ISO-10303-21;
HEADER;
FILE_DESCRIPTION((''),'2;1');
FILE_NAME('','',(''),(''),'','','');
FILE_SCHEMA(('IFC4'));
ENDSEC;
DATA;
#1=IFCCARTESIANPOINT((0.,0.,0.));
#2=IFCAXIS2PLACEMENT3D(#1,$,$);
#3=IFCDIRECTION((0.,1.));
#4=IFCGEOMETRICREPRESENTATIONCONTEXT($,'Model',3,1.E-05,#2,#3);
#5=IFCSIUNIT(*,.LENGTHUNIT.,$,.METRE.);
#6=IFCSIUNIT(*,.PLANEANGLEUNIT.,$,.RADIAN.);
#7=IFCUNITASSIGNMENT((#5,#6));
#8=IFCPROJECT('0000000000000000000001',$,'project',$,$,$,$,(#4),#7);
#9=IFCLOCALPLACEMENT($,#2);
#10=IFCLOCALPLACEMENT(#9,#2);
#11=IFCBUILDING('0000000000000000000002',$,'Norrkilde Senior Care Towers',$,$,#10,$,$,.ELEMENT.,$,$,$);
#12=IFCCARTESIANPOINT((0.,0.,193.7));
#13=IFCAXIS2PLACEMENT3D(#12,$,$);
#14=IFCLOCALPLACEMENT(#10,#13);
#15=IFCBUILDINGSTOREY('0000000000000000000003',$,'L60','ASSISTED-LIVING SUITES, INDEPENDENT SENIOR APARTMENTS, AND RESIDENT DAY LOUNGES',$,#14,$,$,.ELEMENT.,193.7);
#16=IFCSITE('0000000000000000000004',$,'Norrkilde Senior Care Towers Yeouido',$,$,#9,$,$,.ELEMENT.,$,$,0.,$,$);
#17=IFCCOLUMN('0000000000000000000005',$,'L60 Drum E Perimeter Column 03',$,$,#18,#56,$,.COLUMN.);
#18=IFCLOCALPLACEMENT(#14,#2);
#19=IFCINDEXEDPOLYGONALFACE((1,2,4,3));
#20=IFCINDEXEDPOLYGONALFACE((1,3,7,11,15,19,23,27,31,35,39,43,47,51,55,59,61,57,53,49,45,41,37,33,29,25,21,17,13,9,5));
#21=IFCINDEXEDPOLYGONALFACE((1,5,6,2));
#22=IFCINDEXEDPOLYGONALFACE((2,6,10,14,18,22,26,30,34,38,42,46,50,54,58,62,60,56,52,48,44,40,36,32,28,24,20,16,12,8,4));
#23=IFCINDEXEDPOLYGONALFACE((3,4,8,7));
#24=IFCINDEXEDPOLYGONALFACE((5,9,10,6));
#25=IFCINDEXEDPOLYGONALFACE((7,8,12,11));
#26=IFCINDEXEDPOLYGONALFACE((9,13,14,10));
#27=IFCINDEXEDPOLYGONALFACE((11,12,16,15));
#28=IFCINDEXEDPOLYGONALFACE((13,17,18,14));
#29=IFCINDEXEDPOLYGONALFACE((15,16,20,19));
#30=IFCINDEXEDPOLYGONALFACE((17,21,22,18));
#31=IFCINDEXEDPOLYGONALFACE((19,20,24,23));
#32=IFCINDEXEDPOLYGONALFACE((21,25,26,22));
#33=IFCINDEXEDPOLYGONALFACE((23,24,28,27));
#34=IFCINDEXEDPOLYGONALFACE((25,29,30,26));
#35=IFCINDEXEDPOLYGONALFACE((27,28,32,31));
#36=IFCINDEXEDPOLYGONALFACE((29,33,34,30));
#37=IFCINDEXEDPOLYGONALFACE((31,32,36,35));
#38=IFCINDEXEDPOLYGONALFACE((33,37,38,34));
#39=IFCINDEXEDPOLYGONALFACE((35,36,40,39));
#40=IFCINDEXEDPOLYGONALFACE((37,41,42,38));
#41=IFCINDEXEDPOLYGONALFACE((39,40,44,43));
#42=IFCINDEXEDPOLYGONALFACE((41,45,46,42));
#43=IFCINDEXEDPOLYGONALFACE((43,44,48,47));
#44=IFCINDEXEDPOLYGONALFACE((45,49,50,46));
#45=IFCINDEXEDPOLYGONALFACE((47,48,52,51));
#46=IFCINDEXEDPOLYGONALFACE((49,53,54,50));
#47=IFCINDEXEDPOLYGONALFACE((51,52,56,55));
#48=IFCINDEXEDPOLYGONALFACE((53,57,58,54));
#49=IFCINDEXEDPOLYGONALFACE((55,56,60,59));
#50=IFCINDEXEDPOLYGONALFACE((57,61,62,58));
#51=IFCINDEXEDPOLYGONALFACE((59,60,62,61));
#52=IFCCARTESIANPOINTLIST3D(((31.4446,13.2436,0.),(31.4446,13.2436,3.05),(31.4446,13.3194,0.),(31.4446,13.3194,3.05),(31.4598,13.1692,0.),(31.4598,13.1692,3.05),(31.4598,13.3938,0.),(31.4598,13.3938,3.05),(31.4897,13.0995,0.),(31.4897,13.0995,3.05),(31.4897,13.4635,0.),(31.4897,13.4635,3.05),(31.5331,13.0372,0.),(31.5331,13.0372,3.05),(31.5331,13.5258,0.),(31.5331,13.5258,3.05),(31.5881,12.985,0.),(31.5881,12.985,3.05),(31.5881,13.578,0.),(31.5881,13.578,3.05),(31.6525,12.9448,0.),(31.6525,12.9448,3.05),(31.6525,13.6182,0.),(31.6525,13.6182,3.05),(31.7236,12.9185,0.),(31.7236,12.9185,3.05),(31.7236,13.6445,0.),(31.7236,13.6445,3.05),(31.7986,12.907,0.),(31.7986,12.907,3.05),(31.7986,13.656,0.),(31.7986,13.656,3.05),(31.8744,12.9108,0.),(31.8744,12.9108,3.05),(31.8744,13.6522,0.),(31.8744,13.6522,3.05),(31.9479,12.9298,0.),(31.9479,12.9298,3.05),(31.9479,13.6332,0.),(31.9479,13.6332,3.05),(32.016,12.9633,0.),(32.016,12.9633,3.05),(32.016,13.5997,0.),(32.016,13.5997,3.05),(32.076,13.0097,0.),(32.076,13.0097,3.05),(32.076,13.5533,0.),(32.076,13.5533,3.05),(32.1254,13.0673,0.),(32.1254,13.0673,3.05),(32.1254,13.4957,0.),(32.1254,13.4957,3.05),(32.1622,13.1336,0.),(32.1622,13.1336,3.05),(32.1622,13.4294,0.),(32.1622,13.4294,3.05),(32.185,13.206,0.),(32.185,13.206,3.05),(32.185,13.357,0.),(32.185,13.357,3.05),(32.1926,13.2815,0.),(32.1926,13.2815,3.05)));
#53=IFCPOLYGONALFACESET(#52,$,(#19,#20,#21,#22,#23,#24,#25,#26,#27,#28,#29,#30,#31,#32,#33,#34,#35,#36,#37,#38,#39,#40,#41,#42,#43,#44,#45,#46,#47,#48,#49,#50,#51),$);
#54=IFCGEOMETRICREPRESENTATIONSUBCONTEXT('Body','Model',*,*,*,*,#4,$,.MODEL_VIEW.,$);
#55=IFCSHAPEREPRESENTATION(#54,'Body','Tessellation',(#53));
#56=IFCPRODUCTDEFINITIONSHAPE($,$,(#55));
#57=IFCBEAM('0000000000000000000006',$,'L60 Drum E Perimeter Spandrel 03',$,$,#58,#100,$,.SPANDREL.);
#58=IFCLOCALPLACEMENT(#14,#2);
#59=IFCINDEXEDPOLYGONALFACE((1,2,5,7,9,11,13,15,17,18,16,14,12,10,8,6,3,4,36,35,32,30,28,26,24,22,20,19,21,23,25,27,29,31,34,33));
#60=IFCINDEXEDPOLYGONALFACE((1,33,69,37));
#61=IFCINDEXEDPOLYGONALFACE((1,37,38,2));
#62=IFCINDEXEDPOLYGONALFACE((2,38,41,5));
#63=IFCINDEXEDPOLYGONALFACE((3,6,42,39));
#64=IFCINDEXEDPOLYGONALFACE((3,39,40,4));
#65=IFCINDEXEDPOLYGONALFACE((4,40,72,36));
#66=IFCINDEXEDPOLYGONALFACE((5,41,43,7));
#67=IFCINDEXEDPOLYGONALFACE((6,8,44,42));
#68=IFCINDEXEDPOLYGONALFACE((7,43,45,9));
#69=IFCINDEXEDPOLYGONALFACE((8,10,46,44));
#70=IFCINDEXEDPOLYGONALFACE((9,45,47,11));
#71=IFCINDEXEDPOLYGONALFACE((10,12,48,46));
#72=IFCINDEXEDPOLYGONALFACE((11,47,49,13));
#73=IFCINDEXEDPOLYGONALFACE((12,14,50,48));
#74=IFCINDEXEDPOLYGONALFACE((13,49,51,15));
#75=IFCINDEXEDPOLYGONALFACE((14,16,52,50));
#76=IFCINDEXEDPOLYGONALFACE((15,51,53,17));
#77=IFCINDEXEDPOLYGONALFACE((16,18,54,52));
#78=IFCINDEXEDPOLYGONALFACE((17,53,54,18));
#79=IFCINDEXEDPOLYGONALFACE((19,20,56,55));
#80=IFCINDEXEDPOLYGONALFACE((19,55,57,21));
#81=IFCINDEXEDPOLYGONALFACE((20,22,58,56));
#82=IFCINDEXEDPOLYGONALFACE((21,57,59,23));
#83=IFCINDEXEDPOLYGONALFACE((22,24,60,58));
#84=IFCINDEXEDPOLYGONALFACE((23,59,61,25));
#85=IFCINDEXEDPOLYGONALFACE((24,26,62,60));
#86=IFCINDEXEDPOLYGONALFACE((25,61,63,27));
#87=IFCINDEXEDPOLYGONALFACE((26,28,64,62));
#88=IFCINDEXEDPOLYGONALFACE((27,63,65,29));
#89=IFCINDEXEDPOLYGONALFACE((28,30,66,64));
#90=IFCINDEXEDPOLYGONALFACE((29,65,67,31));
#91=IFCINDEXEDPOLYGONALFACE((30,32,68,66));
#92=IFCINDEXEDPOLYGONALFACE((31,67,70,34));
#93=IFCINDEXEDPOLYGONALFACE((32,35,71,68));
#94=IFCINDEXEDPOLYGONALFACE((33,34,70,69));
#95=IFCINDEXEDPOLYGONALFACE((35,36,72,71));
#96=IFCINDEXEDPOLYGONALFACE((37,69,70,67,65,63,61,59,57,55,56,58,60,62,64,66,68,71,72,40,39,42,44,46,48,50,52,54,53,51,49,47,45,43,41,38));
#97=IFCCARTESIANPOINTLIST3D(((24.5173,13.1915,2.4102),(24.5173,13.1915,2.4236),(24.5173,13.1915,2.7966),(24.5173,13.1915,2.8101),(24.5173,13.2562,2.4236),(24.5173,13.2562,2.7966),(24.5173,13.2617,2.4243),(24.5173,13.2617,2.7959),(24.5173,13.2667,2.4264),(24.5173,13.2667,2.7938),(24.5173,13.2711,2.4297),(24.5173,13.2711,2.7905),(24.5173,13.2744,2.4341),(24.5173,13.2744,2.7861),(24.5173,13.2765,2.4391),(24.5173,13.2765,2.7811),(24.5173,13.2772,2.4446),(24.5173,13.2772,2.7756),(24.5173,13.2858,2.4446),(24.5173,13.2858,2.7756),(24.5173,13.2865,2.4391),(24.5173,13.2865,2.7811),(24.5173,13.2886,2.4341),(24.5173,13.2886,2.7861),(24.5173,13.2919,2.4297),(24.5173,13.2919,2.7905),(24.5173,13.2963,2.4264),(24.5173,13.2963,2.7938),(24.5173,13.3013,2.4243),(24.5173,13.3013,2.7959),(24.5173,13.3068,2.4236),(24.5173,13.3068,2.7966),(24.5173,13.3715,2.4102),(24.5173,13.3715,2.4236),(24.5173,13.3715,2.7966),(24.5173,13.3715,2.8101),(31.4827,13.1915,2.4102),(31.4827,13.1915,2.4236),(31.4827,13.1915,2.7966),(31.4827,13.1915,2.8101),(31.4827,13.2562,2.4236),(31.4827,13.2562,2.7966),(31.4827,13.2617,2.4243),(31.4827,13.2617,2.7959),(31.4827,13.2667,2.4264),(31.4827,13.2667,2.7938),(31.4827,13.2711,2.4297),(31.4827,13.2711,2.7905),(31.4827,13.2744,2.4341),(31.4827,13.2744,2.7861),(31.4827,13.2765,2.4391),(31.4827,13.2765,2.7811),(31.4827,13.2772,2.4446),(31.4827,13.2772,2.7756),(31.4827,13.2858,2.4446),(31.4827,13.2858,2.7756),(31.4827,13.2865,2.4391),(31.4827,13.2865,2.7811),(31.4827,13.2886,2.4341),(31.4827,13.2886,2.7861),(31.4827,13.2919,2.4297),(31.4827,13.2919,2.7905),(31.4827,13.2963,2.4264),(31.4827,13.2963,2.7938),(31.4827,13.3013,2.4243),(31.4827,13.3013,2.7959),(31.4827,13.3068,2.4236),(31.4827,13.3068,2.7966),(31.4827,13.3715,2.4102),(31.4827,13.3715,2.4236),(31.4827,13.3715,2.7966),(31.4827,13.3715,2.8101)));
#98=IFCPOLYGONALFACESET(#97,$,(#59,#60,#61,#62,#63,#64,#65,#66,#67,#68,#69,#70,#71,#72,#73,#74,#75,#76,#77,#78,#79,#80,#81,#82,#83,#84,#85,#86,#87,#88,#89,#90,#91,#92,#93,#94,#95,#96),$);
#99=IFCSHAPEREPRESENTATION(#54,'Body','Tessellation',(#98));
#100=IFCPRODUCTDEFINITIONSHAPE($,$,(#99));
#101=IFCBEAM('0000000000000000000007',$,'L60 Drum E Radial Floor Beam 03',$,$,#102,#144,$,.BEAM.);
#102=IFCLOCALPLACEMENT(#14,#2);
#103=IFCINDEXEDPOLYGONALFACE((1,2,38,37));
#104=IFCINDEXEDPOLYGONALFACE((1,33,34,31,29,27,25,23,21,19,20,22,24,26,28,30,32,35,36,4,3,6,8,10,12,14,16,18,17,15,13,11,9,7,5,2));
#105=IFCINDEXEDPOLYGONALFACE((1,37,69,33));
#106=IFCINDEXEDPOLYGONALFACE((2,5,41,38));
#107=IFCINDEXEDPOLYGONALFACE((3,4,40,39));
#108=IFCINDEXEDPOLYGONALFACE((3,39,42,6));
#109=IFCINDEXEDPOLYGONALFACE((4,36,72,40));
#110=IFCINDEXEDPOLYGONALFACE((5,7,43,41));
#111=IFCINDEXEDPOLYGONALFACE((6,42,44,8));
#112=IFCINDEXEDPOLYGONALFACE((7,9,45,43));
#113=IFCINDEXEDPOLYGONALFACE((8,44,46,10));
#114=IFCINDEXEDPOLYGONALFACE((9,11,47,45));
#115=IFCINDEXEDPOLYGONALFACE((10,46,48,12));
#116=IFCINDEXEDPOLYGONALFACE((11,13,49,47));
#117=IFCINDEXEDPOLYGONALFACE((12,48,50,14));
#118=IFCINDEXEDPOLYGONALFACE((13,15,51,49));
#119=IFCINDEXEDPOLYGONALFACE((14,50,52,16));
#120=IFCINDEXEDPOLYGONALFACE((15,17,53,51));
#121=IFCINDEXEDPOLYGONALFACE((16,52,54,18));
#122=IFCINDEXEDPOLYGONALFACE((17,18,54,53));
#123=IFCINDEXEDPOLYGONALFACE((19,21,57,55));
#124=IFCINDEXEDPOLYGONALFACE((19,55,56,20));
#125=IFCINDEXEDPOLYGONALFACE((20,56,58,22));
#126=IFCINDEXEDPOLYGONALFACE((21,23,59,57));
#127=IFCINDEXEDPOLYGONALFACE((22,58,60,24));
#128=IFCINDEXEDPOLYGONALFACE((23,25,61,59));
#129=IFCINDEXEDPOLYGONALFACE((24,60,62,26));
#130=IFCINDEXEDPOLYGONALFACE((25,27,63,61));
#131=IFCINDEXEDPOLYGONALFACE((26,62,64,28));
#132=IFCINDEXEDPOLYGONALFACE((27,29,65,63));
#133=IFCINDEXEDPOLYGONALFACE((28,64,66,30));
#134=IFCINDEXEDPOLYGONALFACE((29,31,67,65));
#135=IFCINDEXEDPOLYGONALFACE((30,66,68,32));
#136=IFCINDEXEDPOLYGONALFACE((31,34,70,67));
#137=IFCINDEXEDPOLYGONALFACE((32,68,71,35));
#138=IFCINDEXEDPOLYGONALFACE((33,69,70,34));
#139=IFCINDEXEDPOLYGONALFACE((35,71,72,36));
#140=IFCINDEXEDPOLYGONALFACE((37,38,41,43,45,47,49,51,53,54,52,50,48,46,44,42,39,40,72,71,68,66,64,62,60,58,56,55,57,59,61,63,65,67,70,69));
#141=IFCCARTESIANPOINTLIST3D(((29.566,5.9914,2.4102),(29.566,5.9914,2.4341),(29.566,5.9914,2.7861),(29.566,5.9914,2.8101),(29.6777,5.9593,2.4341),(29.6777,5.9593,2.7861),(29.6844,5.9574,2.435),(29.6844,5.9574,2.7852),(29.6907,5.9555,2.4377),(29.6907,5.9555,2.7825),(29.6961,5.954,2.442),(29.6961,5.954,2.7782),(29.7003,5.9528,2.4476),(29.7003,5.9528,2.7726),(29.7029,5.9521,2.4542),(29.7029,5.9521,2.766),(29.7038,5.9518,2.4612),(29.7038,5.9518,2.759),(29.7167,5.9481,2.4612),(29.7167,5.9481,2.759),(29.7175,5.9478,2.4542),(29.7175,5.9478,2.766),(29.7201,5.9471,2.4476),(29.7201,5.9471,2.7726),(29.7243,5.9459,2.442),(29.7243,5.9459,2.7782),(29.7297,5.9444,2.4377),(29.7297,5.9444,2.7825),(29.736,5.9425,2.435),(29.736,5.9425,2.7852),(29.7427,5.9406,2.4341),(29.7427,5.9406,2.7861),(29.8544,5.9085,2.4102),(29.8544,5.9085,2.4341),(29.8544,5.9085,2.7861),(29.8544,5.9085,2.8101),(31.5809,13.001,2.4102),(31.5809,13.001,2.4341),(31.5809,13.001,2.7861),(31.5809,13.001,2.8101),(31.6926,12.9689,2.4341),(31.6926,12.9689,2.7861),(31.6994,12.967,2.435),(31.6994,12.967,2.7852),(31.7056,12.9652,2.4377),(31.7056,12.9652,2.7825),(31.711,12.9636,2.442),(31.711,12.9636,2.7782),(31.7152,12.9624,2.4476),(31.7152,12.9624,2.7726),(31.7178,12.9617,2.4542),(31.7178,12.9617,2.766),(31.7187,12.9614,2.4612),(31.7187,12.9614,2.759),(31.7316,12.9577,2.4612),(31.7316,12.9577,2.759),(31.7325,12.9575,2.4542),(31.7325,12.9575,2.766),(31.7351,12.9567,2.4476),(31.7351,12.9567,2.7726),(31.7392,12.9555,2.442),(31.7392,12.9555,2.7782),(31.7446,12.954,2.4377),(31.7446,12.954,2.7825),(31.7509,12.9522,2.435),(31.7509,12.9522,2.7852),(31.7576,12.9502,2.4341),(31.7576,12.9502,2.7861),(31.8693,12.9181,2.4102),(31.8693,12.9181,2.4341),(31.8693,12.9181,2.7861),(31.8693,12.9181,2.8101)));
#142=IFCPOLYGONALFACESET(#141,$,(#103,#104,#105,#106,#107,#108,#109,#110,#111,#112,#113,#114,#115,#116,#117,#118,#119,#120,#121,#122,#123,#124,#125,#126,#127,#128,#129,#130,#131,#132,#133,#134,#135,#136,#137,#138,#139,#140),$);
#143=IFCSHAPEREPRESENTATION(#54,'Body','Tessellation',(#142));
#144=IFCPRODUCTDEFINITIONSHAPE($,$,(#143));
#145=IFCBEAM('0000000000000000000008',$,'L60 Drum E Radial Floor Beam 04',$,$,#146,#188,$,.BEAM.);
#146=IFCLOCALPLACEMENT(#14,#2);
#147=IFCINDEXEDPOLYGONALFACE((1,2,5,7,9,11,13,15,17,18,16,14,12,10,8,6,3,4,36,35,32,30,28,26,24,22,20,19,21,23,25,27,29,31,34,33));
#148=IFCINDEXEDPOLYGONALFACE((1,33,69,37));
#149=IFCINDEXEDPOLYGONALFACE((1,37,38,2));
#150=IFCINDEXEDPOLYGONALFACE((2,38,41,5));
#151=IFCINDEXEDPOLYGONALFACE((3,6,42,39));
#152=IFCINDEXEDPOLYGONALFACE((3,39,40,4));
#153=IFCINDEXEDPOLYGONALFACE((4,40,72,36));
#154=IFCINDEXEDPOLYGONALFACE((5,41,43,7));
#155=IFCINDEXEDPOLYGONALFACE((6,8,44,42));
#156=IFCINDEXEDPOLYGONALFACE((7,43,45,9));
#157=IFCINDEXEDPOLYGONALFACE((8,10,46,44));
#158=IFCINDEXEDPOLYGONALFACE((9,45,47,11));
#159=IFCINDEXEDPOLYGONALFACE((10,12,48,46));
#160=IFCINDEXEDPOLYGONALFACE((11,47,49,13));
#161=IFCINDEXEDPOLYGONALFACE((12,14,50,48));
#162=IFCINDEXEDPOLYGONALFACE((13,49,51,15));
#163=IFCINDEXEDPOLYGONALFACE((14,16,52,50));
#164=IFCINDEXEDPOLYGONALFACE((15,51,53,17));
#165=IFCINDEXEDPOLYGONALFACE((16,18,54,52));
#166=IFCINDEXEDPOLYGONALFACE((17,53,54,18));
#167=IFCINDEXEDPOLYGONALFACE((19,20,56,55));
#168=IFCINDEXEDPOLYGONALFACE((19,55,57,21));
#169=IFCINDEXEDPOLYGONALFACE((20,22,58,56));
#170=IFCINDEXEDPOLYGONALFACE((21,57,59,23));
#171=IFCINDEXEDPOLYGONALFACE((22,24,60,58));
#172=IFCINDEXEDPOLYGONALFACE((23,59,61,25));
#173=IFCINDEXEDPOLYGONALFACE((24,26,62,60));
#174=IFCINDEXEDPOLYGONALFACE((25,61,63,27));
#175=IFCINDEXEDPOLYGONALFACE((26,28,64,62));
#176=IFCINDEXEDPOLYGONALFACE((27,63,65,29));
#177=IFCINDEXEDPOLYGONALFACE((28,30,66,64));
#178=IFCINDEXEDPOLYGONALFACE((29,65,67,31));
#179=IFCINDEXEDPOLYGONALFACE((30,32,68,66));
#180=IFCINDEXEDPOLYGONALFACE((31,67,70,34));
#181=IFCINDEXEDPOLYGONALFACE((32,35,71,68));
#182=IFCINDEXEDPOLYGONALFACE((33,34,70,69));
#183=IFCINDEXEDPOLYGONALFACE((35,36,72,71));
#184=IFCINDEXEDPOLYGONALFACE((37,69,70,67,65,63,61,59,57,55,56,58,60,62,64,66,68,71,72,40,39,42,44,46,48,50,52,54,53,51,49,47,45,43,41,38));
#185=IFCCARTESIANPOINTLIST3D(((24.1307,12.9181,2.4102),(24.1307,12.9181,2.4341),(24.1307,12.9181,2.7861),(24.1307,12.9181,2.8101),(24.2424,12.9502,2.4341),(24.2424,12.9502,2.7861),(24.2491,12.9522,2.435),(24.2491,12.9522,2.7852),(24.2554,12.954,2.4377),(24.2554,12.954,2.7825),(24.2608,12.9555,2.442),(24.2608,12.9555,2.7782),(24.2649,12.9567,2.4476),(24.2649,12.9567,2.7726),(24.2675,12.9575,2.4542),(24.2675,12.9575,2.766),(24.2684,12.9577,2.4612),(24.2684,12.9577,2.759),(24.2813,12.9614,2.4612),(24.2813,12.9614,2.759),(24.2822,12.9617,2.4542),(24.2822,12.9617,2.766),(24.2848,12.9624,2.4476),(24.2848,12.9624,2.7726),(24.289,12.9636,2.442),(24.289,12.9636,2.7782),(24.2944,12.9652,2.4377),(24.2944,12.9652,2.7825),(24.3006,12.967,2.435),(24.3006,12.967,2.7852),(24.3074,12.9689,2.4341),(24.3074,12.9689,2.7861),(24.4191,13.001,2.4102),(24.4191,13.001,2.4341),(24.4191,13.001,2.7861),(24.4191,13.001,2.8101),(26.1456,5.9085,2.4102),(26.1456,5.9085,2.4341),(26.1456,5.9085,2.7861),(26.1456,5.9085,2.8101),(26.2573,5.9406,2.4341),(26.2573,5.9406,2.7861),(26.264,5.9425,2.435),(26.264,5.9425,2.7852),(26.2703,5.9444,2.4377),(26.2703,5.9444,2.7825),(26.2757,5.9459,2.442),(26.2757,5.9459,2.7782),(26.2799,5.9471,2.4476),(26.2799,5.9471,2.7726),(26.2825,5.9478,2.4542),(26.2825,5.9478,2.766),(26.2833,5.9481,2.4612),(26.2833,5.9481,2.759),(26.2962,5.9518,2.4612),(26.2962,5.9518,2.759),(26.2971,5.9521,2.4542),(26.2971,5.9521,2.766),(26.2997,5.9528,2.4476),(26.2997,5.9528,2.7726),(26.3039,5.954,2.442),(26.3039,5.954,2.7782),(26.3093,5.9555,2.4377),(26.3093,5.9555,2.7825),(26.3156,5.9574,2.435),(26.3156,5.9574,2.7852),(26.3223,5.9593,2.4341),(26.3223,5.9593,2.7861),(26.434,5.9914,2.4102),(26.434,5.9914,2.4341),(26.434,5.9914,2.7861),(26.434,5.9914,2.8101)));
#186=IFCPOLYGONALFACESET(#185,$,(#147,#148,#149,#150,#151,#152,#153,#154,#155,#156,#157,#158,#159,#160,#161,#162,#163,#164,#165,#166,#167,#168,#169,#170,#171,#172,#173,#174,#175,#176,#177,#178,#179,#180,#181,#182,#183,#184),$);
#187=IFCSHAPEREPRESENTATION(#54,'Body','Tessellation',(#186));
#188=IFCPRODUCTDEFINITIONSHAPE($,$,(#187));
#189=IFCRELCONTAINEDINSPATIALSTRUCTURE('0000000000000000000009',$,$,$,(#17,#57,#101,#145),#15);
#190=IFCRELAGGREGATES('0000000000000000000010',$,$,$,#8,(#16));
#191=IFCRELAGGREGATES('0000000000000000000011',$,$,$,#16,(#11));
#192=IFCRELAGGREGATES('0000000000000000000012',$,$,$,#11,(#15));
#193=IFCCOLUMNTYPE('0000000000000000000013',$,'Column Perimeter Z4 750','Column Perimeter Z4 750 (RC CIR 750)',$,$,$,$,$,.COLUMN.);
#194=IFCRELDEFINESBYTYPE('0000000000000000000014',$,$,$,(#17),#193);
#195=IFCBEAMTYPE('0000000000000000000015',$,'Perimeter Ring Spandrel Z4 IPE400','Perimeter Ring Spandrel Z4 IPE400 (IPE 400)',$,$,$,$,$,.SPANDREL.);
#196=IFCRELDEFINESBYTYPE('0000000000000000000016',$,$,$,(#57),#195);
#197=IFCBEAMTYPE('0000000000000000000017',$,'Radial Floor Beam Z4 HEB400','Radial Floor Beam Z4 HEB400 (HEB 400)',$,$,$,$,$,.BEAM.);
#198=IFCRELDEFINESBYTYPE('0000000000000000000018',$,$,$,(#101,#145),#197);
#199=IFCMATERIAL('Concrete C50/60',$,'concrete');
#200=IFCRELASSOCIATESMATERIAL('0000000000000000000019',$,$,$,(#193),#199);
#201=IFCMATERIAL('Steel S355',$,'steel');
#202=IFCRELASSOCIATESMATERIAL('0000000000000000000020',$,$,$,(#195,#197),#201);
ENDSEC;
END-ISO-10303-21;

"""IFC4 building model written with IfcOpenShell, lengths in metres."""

from ifc_helpers import new_model, si_unit, direction, frame, origin, origin_2d, place, context, subcontext, project, spatial, circle, i_section, extrude, source, transform, mapped, material, material_profile, profile_set, type_object, type_shapes, element, save


model = new_model("IFC4")

# Units and contexts
model_context = context("Model", 3, precision=1e-05, world=origin(), true_north=direction((0.0, 1.0)))
body_context = subcontext(model_context, "Body", "Model", "MODEL_VIEW")
ifc_project = project(units=[si_unit("LENGTHUNIT", "METRE"), si_unit("PLANEANGLEUNIT", "RADIAN")], contexts=[model_context])

# Site, building, storey
site_placement = place(None, origin())
site = spatial("IfcSite", under=ifc_project, at=site_placement, Name="Norrkilde Senior Care Towers Yeouido", CompositionType="ELEMENT", RefElevation=0.0)
building_placement = place(site_placement, origin())
building = spatial("IfcBuilding", under=site, at=building_placement, Name="Norrkilde Senior Care Towers", CompositionType="ELEMENT")
storey_placement = place(building_placement, frame((0.0, 0.0, 193.7)))
storey = spatial("IfcBuildingStorey", under=building, at=storey_placement, Name="L60", Description="ASSISTED-LIVING SUITES, INDEPENDENT SENIOR APARTMENTS, AND RESIDENT DAY LOUNGES", CompositionType="ELEMENT", Elevation=193.7)

# Column
ifc_material_1 = material(Name="Concrete C50/60", Category="concrete")
ifc_material_profile_1 = material_profile(ifc_material_1, circle(Radius=0.375, at=origin_2d()), Name="RC CIR 750")
ifc_profile_set_1 = profile_set([ifc_material_profile_1], Name="Concrete C50/60")
column_type = type_object("IfcColumnType", Name="Column Perimeter Z4 750", Description="Column Perimeter Z4 750 (RC CIR 750)", PredefinedType="COLUMN", material=ifc_profile_set_1)
shared_shape_1 = source(origin(), body_context, "Body", "SweptSolid", [
    extrude(circle(Radius=0.375, at=origin_2d()), origin(), (0.0, 0.0, 1.0), 3.05),
])
type_shapes(column_type, [shared_shape_1])
column_placement = place(storey_placement, frame((31.8176, 13.2815, 0.0), z_axis=(0.0, 0.0, 1.0), x_axis=(1.0, 0.0, 0.0)))
element("IfcColumn", 1, at=column_placement, inside=storey, type_object=column_type, Name="L60 Drum E Perimeter Column 03", PredefinedType="COLUMN", context=body_context, shape_type="MappedRepresentation", body=[
    mapped(shared_shape_1, transform((0.0, 0.0, 0.0), x_axis=(1.0, 0.0, 0.0), y_axis=(0.0, 1.0, 0.0), z_axis=(0.0, 0.0, 1.0), scale=1.0)),
])

# Beams
ifc_material_2 = material(Name="Steel S355", Category="steel")
ifc_material_profile_2 = material_profile(ifc_material_2, i_section(OverallWidth=0.1799, OverallDepth=0.3999, WebThickness=0.0085, FlangeThickness=0.0134, FilletRadius=0.021, at=origin_2d()), Name="IPE 400")
ifc_profile_set_2 = profile_set([ifc_material_profile_2], Name="Steel S355")
beam_type_1 = type_object("IfcBeamType", Name="Perimeter Ring Spandrel Z4 IPE400", Description="Perimeter Ring Spandrel Z4 IPE400 (IPE 400)", PredefinedType="SPANDREL", material=ifc_profile_set_2)
shared_shape_2 = source(origin(), body_context, "Body", "SweptSolid", [
    extrude(i_section(OverallWidth=0.1799, OverallDepth=0.3999, WebThickness=0.0085, FlangeThickness=0.0134, FilletRadius=0.021, at=origin_2d()), origin(), (0.0, 0.0, 1.0), 6.9653),
])
type_shapes(beam_type_1, [shared_shape_2])
beam_1_placement = place(storey_placement, frame((31.4827, 13.2815, 2.6101), z_axis=(-1.0, 0.0, 0.0), x_axis=(0.0, -1.0, 0.0)))
element("IfcBeam", 2, at=beam_1_placement, inside=storey, type_object=beam_type_1, Name="L60 Drum E Perimeter Spandrel 03", PredefinedType="SPANDREL", context=body_context, shape_type="MappedRepresentation", body=[
    mapped(shared_shape_2, transform((0.0, 0.0, 0.0), x_axis=(1.0, 0.0, 0.0), y_axis=(0.0, 1.0, 0.0), z_axis=(0.0, 0.0, 1.0), scale=1.0)),
])
ifc_material_profile_3 = material_profile(ifc_material_2, i_section(OverallWidth=0.3, OverallDepth=0.3999, WebThickness=0.0134, FlangeThickness=0.0239, FilletRadius=0.0271, at=origin_2d()), Name="HEB 400")
ifc_profile_set_3 = profile_set([ifc_material_profile_3], Name="Steel S355")
beam_type_2 = type_object("IfcBeamType", Name="Radial Floor Beam Z4 HEB400", Description="Radial Floor Beam Z4 HEB400 (HEB 400)", PredefinedType="BEAM", material=ifc_profile_set_3)
shared_shape_3 = source(origin(), body_context, "Body", "SweptSolid", [
    extrude(i_section(OverallWidth=0.3, OverallDepth=0.3999, WebThickness=0.0134, FlangeThickness=0.0239, FilletRadius=0.0271, at=origin_2d()), origin(), (0.0, 0.0, 1.0), 7.2935),
])
type_shapes(beam_type_2, [shared_shape_3])
for number, where, z_axis, x_axis, name in (
    (3, (29.7102, 5.95, 2.6101), (0.276264, 0.961082, 0.0), (-0.961082, 0.276264, 0.0), "L60 Drum E Radial Floor Beam 03"),
    (4, (26.2898, 5.95, 2.6101), (-0.276264, 0.961082, 0.0), (-0.961082, -0.276264, 0.0), "L60 Drum E Radial Floor Beam 04"),
):
    element("IfcBeam", number, at=place(storey_placement, frame(where, z_axis=z_axis, x_axis=x_axis)), inside=storey, type_object=beam_type_2, Name=name, PredefinedType="BEAM", context=body_context, shape_type="MappedRepresentation", body=[
        mapped(shared_shape_3, transform((0.0, 0.0, 0.0), x_axis=(1.0, 0.0, 0.0), y_axis=(0.0, 1.0, 0.0), z_axis=(0.0, 0.0, 1.0), scale=1.0)),
    ])

save(model, "model.ifc")
